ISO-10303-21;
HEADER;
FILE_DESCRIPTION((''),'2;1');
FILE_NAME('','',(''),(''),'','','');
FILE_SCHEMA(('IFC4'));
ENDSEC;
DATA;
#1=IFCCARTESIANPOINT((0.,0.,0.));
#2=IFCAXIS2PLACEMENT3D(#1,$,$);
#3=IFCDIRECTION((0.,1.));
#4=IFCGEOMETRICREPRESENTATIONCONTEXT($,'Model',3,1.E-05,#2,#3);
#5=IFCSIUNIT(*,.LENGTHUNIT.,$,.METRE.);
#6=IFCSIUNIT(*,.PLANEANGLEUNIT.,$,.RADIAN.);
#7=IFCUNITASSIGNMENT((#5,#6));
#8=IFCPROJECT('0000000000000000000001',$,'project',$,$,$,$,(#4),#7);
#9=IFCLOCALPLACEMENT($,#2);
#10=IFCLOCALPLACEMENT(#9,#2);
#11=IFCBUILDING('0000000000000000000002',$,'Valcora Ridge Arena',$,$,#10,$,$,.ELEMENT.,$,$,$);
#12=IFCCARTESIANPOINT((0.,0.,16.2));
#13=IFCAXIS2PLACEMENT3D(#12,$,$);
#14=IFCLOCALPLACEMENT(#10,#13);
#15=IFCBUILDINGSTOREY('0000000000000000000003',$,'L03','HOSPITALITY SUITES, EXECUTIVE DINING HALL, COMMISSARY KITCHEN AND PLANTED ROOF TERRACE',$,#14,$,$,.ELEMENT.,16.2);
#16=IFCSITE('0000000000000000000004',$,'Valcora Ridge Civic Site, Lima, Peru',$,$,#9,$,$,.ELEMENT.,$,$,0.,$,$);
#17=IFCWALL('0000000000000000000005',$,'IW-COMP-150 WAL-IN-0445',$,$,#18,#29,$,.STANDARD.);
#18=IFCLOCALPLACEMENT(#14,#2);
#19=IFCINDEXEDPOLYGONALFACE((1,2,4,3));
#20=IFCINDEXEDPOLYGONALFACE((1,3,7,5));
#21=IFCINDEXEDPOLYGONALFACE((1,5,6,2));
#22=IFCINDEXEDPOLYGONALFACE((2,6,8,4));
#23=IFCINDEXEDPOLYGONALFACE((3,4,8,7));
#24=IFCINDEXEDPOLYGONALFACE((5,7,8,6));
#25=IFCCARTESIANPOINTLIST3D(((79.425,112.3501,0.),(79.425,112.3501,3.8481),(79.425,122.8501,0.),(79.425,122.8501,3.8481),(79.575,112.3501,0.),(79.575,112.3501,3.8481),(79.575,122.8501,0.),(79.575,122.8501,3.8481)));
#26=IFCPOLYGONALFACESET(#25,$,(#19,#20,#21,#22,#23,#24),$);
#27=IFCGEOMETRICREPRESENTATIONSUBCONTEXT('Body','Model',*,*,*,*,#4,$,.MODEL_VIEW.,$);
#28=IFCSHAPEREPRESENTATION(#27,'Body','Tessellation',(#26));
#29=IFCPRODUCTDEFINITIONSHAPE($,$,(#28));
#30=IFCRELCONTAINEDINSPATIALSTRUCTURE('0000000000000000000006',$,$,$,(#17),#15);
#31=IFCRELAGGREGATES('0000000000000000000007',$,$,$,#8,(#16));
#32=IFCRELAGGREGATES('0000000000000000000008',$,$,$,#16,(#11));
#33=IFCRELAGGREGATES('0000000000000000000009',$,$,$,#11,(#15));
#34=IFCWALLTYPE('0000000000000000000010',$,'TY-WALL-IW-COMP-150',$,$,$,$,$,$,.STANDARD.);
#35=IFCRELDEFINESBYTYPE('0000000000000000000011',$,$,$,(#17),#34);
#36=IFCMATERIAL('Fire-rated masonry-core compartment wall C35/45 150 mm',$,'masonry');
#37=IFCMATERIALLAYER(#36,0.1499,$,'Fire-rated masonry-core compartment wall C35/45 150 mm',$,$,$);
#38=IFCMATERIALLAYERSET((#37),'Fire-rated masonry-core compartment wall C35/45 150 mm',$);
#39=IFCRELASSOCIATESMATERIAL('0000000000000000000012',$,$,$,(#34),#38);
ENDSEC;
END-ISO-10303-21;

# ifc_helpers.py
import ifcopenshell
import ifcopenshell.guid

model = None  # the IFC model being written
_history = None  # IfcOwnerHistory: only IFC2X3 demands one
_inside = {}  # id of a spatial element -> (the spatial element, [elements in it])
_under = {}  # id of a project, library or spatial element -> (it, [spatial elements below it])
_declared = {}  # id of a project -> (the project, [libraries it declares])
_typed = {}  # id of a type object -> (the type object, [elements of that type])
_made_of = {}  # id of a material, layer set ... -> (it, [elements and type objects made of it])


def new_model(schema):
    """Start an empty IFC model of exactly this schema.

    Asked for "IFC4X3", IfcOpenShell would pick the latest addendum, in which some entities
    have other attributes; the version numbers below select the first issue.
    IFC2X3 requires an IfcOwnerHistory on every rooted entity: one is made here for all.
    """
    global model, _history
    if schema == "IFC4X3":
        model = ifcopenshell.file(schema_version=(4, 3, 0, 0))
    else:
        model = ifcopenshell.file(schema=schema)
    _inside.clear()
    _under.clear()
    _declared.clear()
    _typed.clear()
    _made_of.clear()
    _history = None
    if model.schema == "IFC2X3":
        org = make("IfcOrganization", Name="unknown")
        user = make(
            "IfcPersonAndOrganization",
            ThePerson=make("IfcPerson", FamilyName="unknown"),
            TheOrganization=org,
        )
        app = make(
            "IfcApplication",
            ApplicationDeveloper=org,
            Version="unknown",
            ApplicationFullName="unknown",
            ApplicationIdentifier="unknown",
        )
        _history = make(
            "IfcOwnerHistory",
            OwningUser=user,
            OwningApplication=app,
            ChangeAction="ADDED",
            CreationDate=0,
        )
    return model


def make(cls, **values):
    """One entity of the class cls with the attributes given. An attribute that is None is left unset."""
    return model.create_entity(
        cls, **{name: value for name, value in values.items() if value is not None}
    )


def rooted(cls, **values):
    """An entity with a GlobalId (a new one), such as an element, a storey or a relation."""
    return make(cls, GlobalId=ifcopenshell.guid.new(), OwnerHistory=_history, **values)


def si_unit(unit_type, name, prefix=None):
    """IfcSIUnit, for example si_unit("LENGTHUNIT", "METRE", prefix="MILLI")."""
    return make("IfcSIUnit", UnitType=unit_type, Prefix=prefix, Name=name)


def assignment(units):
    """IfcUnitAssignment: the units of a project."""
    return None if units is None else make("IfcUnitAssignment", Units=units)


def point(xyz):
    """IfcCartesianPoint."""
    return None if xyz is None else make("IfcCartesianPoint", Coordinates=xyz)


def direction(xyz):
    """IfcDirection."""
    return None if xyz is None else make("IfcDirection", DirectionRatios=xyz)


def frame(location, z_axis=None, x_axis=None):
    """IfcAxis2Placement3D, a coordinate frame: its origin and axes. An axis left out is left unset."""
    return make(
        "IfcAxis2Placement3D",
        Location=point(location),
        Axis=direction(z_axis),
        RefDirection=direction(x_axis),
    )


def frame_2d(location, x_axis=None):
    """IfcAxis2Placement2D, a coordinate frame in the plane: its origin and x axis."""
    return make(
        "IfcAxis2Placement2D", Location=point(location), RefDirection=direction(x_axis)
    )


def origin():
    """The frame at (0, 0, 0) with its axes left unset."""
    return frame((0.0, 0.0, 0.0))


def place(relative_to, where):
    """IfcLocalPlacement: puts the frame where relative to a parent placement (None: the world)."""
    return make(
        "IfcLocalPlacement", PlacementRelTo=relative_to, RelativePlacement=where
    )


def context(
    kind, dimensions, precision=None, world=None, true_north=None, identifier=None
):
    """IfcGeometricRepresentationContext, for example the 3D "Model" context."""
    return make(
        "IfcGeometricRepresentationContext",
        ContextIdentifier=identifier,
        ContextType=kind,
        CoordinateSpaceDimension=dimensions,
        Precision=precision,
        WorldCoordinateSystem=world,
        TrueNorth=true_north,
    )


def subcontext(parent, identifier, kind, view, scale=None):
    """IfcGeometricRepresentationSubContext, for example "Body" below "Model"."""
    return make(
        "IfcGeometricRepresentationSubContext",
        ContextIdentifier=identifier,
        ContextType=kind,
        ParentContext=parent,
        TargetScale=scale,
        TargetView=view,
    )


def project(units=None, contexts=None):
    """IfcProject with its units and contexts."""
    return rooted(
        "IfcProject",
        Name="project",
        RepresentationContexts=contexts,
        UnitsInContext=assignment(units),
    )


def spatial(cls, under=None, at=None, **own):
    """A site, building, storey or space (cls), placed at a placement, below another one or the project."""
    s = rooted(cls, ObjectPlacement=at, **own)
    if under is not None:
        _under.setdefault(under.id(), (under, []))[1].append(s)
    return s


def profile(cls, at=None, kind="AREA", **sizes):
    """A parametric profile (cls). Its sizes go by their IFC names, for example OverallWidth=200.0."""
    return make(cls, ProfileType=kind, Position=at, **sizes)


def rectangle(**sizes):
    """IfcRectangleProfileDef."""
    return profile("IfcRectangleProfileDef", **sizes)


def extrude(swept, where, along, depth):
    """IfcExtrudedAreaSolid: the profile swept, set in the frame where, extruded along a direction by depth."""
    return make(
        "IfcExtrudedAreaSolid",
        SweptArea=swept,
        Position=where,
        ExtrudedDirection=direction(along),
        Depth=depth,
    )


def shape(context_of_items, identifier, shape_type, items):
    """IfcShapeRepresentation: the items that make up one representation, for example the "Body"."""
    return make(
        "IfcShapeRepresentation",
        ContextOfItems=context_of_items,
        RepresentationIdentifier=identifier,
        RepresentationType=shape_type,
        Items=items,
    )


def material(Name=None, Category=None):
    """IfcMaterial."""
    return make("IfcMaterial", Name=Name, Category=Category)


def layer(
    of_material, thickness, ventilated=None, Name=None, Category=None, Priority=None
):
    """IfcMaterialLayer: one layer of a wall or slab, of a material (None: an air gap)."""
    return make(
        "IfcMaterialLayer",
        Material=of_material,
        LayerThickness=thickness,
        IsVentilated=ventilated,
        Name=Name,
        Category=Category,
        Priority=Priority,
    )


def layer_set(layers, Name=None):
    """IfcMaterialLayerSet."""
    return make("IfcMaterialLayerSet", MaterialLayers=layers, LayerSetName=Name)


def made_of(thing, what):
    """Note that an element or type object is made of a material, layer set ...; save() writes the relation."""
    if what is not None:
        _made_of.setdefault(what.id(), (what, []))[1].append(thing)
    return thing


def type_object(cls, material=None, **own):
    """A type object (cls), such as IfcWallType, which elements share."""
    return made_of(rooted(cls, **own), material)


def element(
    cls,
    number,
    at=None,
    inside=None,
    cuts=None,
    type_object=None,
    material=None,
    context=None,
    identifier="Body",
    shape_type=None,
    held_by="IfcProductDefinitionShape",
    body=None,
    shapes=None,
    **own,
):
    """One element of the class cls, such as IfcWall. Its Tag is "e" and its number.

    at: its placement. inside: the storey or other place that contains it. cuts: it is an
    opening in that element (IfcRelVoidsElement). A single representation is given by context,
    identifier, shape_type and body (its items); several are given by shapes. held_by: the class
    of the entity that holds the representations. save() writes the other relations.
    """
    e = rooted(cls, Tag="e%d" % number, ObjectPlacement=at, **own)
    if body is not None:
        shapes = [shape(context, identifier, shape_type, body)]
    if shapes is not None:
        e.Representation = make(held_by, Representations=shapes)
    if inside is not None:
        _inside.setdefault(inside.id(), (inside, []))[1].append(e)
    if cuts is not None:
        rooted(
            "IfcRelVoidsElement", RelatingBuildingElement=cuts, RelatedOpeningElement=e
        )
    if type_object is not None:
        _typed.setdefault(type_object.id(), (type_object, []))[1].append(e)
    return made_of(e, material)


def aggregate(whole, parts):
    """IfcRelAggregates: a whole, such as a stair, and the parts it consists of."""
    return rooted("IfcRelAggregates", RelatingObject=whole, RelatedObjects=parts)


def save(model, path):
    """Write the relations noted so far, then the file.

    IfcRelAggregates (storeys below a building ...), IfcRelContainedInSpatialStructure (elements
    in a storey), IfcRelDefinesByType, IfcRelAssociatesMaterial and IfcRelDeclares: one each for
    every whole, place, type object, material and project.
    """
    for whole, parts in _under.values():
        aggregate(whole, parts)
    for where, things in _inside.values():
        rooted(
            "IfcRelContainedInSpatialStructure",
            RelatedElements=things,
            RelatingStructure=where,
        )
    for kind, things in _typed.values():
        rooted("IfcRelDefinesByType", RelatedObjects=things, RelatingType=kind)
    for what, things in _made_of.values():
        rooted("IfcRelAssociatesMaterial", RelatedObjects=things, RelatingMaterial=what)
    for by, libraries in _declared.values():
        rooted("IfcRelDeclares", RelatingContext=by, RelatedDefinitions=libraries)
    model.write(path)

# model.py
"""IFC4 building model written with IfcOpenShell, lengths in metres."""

from ifc_helpers import new_model, si_unit, direction, frame, frame_2d, origin, place, context, subcontext, project, spatial, rectangle, extrude, material, layer, layer_set, type_object, element, save


model = new_model("IFC4")

# Units and contexts
model_context = context("Model", 3, precision=1e-05, world=origin(), true_north=direction((0.0, 1.0)))
body_context = subcontext(model_context, "Body", "Model", "MODEL_VIEW")
ifc_project = project(units=[si_unit("LENGTHUNIT", "METRE"), si_unit("PLANEANGLEUNIT", "RADIAN")], contexts=[model_context])

# Site, building, storey
site_placement = place(None, origin())
site = spatial("IfcSite", under=ifc_project, at=site_placement, Name="Valcora Ridge Civic Site, Lima, Peru", CompositionType="ELEMENT", RefElevation=0.0)
building_placement = place(site_placement, origin())
building = spatial("IfcBuilding", under=site, at=building_placement, Name="Valcora Ridge Arena", CompositionType="ELEMENT")
storey_placement = place(building_placement, frame((0.0, 0.0, 16.2)))
storey = spatial("IfcBuildingStorey", under=building, at=storey_placement, Name="L03", Description="HOSPITALITY SUITES, EXECUTIVE DINING HALL, COMMISSARY KITCHEN AND PLANTED ROOF TERRACE", CompositionType="ELEMENT", Elevation=16.2)

# Shared definitions
ifc_material_1 = material(Name="Fire-rated masonry-core compartment wall C35/45 150 mm", Category="masonry")
ifc_layer_1 = layer(ifc_material_1, 0.1499, Name="Fire-rated masonry-core compartment wall C35/45 150 mm")
ifc_layer_set_1 = layer_set([ifc_layer_1], Name="Fire-rated masonry-core compartment wall C35/45 150 mm")
wall_type_1 = type_object("IfcWallType", Name="TY-WALL-IW-COMP-150", PredefinedType="STANDARD", material=ifc_layer_set_1)

# Wall
wall_1_placement = place(storey_placement, frame((79.5, 112.3501, 0.0), z_axis=(0.0, 0.0, 1.0), x_axis=(0.0, 1.0, 0.0)))
element("IfcWall", 1, at=wall_1_placement, inside=storey, type_object=wall_type_1, Name="IW-COMP-150 WAL-IN-0445", PredefinedType="STANDARD", context=body_context, shape_type="SweptSolid", body=[
    extrude(rectangle(XDim=10.5, YDim=0.1499, at=frame_2d((5.25, 0.0))), origin(), (0.0, 0.0, 1.0), 3.8481),
])

save(model, "model.ifc")
